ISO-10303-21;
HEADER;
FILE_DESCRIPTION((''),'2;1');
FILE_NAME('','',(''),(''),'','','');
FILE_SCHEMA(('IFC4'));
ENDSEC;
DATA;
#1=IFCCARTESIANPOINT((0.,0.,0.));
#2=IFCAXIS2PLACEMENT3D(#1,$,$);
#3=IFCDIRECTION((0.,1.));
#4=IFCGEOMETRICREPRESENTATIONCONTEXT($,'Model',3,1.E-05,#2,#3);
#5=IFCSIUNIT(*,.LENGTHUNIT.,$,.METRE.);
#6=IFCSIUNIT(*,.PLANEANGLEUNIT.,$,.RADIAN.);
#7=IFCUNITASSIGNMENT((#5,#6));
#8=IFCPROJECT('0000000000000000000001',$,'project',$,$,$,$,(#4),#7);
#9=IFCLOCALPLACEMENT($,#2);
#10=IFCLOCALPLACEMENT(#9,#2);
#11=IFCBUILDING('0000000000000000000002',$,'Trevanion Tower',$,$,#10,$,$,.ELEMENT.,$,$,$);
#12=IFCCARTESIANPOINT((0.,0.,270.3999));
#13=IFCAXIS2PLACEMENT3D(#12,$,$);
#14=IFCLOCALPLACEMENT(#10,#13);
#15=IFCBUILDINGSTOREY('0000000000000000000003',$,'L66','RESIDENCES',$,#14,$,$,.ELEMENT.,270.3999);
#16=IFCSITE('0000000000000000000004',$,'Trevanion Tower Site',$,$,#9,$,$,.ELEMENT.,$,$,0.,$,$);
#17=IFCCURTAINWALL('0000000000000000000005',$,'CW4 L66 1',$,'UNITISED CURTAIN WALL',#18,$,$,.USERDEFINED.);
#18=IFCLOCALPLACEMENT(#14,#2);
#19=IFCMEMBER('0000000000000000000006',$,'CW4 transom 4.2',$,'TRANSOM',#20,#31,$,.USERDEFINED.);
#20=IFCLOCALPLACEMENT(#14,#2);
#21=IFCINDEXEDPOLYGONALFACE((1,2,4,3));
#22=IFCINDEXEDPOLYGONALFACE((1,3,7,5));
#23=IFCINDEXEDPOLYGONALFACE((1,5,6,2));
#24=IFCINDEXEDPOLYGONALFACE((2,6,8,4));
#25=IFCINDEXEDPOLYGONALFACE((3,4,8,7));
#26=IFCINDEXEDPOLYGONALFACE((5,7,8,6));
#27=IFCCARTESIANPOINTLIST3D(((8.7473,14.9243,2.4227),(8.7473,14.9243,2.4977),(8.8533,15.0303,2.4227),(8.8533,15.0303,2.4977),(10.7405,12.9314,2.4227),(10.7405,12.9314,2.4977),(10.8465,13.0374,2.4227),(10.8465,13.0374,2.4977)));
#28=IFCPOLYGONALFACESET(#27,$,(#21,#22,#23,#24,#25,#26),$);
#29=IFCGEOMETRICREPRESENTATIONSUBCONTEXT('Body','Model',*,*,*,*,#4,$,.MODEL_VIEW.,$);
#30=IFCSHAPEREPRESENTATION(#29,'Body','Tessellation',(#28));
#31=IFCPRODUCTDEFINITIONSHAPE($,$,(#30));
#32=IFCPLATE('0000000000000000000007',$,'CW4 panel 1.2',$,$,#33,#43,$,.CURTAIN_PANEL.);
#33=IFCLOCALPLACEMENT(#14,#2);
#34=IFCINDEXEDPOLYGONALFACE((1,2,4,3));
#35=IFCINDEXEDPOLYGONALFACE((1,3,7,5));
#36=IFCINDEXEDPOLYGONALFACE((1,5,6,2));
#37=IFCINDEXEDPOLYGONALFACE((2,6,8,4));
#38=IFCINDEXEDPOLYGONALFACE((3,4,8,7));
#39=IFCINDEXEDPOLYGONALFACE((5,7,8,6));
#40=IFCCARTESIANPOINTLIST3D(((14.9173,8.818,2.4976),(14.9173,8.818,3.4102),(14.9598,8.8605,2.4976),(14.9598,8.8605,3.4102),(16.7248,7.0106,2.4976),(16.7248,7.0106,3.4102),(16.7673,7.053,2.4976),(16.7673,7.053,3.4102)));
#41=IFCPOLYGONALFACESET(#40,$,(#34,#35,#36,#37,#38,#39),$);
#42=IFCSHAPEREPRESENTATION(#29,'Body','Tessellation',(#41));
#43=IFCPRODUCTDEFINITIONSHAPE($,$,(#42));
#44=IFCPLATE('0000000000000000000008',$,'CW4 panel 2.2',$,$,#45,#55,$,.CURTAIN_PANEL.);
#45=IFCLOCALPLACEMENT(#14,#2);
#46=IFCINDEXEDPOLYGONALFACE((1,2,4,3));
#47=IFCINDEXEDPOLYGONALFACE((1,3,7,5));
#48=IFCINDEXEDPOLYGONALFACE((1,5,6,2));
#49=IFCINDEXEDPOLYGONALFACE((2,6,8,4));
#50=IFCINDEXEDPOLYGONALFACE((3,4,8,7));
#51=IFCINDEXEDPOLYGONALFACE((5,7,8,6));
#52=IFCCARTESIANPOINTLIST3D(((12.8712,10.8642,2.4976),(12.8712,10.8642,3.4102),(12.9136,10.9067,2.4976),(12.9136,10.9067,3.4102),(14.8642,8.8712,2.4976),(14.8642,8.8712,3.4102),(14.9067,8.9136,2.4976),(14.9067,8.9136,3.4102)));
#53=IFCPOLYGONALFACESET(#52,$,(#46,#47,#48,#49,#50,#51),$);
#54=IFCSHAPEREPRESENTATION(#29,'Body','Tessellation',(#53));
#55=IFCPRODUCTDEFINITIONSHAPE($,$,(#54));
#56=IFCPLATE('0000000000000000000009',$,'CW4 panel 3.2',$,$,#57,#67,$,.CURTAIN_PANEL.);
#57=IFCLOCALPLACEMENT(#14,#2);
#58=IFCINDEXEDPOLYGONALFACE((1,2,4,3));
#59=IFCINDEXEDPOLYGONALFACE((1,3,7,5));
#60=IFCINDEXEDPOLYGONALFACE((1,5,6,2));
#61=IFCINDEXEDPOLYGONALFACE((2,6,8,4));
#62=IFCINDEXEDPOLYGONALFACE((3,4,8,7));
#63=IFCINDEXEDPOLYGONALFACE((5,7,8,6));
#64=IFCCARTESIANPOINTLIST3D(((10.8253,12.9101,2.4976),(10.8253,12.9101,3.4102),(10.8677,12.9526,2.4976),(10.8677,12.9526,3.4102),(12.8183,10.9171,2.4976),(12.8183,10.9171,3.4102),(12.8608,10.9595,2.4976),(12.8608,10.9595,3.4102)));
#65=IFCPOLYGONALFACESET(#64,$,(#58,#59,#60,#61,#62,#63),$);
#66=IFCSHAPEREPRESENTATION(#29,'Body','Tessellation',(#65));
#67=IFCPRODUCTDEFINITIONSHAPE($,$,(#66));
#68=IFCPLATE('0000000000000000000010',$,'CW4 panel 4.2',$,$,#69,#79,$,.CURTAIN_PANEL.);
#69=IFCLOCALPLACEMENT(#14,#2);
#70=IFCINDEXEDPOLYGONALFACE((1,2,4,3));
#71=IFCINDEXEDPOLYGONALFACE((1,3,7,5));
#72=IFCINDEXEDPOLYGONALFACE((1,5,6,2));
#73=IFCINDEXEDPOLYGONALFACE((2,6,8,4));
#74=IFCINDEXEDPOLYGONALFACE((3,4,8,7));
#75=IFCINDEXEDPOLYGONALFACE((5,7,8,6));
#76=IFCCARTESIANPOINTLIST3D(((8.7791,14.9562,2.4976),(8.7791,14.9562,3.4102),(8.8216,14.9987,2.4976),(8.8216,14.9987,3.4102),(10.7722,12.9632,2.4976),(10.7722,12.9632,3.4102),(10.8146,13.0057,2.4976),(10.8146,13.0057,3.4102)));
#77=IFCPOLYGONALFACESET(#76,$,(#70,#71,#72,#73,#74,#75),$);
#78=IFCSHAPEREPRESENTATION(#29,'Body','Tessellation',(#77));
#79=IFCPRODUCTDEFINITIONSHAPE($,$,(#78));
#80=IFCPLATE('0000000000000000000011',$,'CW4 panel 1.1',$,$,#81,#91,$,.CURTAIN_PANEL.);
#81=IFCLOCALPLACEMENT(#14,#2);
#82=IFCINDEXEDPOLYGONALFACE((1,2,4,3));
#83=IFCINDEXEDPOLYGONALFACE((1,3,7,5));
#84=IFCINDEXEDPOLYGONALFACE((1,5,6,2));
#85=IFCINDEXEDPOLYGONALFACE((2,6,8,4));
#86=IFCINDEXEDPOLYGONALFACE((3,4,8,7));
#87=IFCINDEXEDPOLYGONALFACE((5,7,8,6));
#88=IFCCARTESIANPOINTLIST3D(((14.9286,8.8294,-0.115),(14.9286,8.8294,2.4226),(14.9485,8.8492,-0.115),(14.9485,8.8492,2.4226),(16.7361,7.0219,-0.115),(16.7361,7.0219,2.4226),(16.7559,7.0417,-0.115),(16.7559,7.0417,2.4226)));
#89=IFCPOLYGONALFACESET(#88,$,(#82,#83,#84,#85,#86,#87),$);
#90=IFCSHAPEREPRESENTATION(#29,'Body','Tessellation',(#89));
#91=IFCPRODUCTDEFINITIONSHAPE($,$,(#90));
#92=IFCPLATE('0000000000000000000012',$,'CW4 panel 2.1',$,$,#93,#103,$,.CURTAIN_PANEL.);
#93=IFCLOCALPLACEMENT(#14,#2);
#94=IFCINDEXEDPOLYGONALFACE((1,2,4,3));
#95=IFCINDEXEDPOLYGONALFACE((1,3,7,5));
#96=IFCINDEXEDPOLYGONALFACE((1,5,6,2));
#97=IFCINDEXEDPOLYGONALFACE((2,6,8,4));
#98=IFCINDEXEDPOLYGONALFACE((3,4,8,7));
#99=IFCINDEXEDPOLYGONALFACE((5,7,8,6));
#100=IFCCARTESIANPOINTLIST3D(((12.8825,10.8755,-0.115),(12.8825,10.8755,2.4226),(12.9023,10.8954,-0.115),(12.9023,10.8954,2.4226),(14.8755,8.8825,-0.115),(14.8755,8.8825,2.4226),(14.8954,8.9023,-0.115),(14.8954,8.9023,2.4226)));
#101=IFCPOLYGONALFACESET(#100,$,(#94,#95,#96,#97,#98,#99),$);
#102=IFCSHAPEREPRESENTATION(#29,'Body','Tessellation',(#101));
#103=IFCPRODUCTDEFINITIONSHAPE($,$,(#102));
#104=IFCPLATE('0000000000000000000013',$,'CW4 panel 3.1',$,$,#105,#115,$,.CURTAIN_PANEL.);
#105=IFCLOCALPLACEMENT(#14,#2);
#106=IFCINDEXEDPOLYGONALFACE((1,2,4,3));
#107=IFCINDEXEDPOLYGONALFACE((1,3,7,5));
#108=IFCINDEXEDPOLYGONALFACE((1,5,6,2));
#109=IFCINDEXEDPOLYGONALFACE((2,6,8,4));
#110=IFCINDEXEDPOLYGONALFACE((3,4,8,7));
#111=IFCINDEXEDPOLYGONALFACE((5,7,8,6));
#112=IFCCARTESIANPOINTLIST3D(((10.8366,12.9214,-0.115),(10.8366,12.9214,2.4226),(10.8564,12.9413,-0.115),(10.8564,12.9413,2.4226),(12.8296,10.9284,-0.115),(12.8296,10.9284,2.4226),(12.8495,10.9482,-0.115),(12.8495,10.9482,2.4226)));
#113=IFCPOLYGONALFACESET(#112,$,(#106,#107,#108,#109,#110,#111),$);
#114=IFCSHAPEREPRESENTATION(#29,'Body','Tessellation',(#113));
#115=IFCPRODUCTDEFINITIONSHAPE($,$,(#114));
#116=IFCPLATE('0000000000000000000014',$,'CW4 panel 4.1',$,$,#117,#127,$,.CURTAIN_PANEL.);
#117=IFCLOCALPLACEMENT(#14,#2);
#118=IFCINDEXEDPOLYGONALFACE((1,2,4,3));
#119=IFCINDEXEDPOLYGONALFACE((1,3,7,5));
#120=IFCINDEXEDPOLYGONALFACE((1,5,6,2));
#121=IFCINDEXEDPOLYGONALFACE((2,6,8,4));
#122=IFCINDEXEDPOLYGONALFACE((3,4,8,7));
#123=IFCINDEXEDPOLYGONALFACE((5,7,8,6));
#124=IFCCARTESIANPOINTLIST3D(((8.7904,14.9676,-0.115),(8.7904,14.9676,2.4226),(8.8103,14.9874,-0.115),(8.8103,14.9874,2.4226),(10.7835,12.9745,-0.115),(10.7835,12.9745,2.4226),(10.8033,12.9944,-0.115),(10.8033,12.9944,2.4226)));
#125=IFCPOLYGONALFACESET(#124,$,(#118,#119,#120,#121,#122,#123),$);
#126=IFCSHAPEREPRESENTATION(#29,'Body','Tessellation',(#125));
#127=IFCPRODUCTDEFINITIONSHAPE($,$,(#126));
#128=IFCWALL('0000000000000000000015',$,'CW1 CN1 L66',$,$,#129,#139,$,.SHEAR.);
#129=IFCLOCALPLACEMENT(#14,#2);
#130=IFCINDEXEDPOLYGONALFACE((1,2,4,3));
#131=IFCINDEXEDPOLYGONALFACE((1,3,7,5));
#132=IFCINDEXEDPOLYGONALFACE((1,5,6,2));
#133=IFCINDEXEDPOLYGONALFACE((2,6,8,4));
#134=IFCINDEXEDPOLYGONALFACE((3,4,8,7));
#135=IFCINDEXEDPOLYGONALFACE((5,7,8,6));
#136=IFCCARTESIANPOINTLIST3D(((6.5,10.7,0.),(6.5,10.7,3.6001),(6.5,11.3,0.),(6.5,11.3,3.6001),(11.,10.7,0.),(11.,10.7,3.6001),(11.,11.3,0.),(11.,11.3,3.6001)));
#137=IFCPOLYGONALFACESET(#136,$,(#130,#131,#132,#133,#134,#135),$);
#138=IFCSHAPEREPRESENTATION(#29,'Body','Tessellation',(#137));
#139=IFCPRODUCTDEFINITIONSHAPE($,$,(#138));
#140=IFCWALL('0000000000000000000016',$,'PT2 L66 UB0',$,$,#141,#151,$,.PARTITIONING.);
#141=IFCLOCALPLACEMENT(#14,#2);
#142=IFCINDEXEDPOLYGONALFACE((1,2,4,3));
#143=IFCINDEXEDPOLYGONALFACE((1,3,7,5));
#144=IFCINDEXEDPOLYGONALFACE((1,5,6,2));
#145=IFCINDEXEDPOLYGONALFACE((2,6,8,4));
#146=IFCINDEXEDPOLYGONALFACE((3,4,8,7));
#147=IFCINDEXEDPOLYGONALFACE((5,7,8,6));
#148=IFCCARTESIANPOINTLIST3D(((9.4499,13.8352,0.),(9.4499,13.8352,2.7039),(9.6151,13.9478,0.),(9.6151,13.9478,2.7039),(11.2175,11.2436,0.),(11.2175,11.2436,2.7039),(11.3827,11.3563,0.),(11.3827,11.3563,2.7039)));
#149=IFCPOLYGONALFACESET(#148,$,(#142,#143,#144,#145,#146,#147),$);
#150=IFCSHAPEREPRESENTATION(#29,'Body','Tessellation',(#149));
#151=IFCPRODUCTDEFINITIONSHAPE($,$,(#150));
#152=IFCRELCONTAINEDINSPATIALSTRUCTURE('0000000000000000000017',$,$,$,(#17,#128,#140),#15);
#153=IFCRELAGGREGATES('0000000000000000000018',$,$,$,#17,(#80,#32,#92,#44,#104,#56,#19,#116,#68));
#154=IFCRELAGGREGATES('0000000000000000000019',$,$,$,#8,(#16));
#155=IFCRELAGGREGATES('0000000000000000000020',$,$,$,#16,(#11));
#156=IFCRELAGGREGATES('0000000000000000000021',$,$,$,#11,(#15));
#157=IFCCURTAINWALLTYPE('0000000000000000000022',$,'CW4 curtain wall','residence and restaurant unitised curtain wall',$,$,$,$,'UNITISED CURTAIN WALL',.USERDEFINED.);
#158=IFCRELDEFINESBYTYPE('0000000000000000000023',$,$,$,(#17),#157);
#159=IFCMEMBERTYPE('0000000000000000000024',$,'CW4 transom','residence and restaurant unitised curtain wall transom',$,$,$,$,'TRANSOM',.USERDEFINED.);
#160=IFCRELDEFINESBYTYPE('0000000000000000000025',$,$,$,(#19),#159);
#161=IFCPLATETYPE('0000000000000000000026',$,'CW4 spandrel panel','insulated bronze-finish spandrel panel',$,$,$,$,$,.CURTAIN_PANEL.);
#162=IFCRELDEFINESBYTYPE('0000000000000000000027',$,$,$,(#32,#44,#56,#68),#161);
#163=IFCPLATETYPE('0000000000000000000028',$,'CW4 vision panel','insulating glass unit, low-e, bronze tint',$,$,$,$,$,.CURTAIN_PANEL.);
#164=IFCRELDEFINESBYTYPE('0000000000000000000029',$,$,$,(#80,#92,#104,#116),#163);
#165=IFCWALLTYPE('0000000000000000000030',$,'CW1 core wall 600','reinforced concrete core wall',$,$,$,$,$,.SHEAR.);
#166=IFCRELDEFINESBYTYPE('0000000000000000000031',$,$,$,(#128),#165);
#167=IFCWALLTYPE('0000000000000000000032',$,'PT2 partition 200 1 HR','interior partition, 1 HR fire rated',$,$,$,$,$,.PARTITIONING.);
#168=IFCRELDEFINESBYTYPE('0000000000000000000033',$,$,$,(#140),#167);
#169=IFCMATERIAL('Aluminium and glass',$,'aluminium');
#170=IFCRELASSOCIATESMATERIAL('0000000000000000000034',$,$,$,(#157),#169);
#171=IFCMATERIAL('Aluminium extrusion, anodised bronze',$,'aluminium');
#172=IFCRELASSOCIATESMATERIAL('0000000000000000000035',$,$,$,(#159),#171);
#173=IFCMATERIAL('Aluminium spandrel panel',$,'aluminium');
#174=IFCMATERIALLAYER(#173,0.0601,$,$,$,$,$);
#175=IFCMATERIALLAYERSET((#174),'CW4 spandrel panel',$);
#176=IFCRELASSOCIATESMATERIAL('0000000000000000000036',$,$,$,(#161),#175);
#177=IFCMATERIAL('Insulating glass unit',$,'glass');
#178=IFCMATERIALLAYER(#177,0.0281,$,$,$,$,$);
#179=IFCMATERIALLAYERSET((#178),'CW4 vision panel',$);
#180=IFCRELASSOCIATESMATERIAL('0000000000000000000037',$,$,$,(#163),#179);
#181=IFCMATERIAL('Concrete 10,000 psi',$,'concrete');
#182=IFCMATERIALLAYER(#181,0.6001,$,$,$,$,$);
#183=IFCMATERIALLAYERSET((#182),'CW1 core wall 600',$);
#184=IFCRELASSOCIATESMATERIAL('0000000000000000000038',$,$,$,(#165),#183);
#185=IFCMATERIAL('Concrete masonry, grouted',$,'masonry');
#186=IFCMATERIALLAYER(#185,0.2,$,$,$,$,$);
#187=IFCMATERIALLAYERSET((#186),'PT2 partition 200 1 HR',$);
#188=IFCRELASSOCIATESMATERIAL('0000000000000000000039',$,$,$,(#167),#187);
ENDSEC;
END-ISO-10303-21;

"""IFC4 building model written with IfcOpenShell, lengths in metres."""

from ifc_helpers import new_model, si_unit, direction, frame, frame_2d, origin, origin_2d, place, context, subcontext, project, spatial, rectangle, extrude, material, layer, layer_set, material_profile, profile_set, type_object, element, aggregate, save


model = new_model("IFC4")

# Units and contexts
model_context = context("Model", 3, precision=1e-05, world=origin(), true_north=direction((0.0, 1.0)))
body_context = subcontext(model_context, "Body", "Model", "MODEL_VIEW")
ifc_project = project(units=[si_unit("LENGTHUNIT", "METRE"), si_unit("PLANEANGLEUNIT", "RADIAN")], contexts=[model_context])

# Site, building, storey
site_placement = place(None, origin())
site = spatial("IfcSite", under=ifc_project, at=site_placement, Name="Trevanion Tower Site", CompositionType="ELEMENT", RefElevation=0.0)
building_placement = place(site_placement, origin())
building = spatial("IfcBuilding", under=site, at=building_placement, Name="Trevanion Tower", CompositionType="ELEMENT")
storey_placement = place(building_placement, frame((0.0, 0.0, 270.3999)))
storey = spatial("IfcBuildingStorey", under=building, at=storey_placement, Name="L66", Description="RESIDENCES", CompositionType="ELEMENT", Elevation=270.3999)

# Curtain wall, member, plates
ifc_material_1 = material(Name="Aluminium and glass", Category="aluminium")
curtain_wall_type = type_object("IfcCurtainWallType", Name="CW4 curtain wall", Description="residence and restaurant unitised curtain wall", ElementType="UNITISED CURTAIN WALL", PredefinedType="USERDEFINED", material=ifc_material_1)
curtain_wall_placement = place(storey_placement, origin())
curtain_wall = element("IfcCurtainWall", 1, at=curtain_wall_placement, inside=storey, type_object=curtain_wall_type, Name="CW4 L66 1", ObjectType="UNITISED CURTAIN WALL", PredefinedType="USERDEFINED")
ifc_material_2 = material(Name="Aluminium extrusion, anodised bronze", Category="aluminium")
ifc_material_profile_1 = material_profile(ifc_material_2, rectangle(XDim=0.1499, YDim=0.075, at=origin_2d()), Name="CW4 transom")
ifc_profile_set_1 = profile_set([ifc_material_profile_1], Name="Aluminium extrusion, anodised bronze")
member_type_1 = type_object("IfcMemberType", Name="CW4 transom", Description="residence and restaurant unitised curtain wall transom", ElementType="TRANSOM", PredefinedType="USERDEFINED", material=ifc_profile_set_1)
member_1_placement = place(storey_placement, frame((10.7935, 12.9844, 2.4602), z_axis=(-0.70715, 0.707063, 0.0), x_axis=(-0.707063, -0.70715, 0.0)))
member_1 = element("IfcMember", 2, at=member_1_placement, type_object=member_type_1, Name="CW4 transom 4.2", ObjectType="TRANSOM", PredefinedType="USERDEFINED", context=body_context, shape_type="SweptSolid", body=[
    extrude(rectangle(XDim=0.1499, YDim=0.075, at=origin_2d()), origin(), (0.0, 0.0, 1.0), 2.8186),
])
ifc_material_3 = material(Name="Aluminium spandrel panel", Category="aluminium")
ifc_layer_1 = layer(ifc_material_3, 0.0601)
ifc_layer_set_1 = layer_set([ifc_layer_1], Name="CW4 spandrel panel")
plate_type_1 = type_object("IfcPlateType", Name="CW4 spandrel panel", Description="insulated bronze-finish spandrel panel", PredefinedType="CURTAIN_PANEL", material=ifc_layer_set_1)
plate_1_placement = place(storey_placement, frame((15.8423, 7.9355, 2.4976), z_axis=(0.0, 0.0, 1.0), x_axis=(-0.707107, 0.707107, 0.0)))
plate_1 = element("IfcPlate", 3, at=plate_1_placement, type_object=plate_type_1, Name="CW4 panel 1.2", PredefinedType="CURTAIN_PANEL", context=body_context, shape_type="SweptSolid", body=[
    extrude(rectangle(XDim=2.5562, YDim=0.0601, at=origin_2d()), origin(), (0.0, 0.0, 1.0), 0.9126),
])
plate_2_placement = place(storey_placement, frame((13.8889, 9.8889, 2.4976), z_axis=(0.0, 0.0, 1.0), x_axis=(-0.707107, 0.707107, 0.0)))
plate_2 = element("IfcPlate", 4, at=plate_2_placement, type_object=plate_type_1, Name="CW4 panel 2.2", PredefinedType="CURTAIN_PANEL", context=body_context, shape_type="SweptSolid", body=[
    extrude(rectangle(XDim=2.8186, YDim=0.0601, at=origin_2d()), origin(), (0.0, 0.0, 1.0), 0.9126),
])
plate_3_placement = place(storey_placement, frame((11.843, 11.9348, 2.4976), z_axis=(0.0, 0.0, 1.0), x_axis=(-0.707107, 0.707107, 0.0)))
plate_3 = element("IfcPlate", 5, at=plate_3_placement, type_object=plate_type_1, Name="CW4 panel 3.2", PredefinedType="CURTAIN_PANEL", context=body_context, shape_type="SweptSolid", body=[
    extrude(rectangle(XDim=2.8186, YDim=0.0601, at=origin_2d()), origin(), (0.0, 0.0, 1.0), 0.9126),
])
plate_4_placement = place(storey_placement, frame((9.7969, 13.981, 2.4976), z_axis=(0.0, 0.0, 1.0), x_axis=(-0.707107, 0.707107, 0.0)))
plate_4 = element("IfcPlate", 6, at=plate_4_placement, type_object=plate_type_1, Name="CW4 panel 4.2", PredefinedType="CURTAIN_PANEL", context=body_context, shape_type="SweptSolid", body=[
    extrude(rectangle(XDim=2.8186, YDim=0.0601, at=origin_2d()), origin(), (0.0, 0.0, 1.0), 0.9126),
])
ifc_material_4 = material(Name="Insulating glass unit", Category="glass")
ifc_layer_2 = layer(ifc_material_4, 0.0281)
ifc_layer_set_2 = layer_set([ifc_layer_2], Name="CW4 vision panel")
plate_type_2 = type_object("IfcPlateType", Name="CW4 vision panel", Description="insulating glass unit, low-e, bronze tint", PredefinedType="CURTAIN_PANEL", material=ifc_layer_set_2)
plate_5_placement = place(storey_placement, frame((15.8423, 7.9355, -0.115), z_axis=(0.0, 0.0, 1.0), x_axis=(-0.707107, 0.707107, 0.0)))
plate_5 = element("IfcPlate", 7, at=plate_5_placement, type_object=plate_type_2, Name="CW4 panel 1.1", PredefinedType="CURTAIN_PANEL", context=body_context, shape_type="SweptSolid", body=[
    extrude(rectangle(XDim=2.5562, YDim=0.0281, at=origin_2d()), origin(), (0.0, 0.0, 1.0), 2.5376),
])
plate_6_placement = place(storey_placement, frame((13.8889, 9.8889, -0.115), z_axis=(0.0, 0.0, 1.0), x_axis=(-0.707107, 0.707107, 0.0)))
plate_6 = element("IfcPlate", 8, at=plate_6_placement, type_object=plate_type_2, Name="CW4 panel 2.1", PredefinedType="CURTAIN_PANEL", context=body_context, shape_type="SweptSolid", body=[
    extrude(rectangle(XDim=2.8186, YDim=0.0281, at=origin_2d()), origin(), (0.0, 0.0, 1.0), 2.5376),
])
plate_7_placement = place(storey_placement, frame((11.843, 11.9348, -0.115), z_axis=(0.0, 0.0, 1.0), x_axis=(-0.707107, 0.707107, 0.0)))
plate_7 = element("IfcPlate", 9, at=plate_7_placement, type_object=plate_type_2, Name="CW4 panel 3.1", PredefinedType="CURTAIN_PANEL", context=body_context, shape_type="SweptSolid", body=[
    extrude(rectangle(XDim=2.8186, YDim=0.0281, at=origin_2d()), origin(), (0.0, 0.0, 1.0), 2.5376),
])
plate_8_placement = place(storey_placement, frame((9.7969, 13.981, -0.115), z_axis=(0.0, 0.0, 1.0), x_axis=(-0.707107, 0.707107, 0.0)))
plate_8 = element("IfcPlate", 10, at=plate_8_placement, type_object=plate_type_2, Name="CW4 panel 4.1", PredefinedType="CURTAIN_PANEL", context=body_context, shape_type="SweptSolid", body=[
    extrude(rectangle(XDim=2.8186, YDim=0.0281, at=origin_2d()), origin(), (0.0, 0.0, 1.0), 2.5376),
])
aggregate(curtain_wall, [plate_5, plate_1, plate_6, plate_2, plate_7, plate_3, member_1, plate_8, plate_4])

# Walls
ifc_material_5 = material(Name="Concrete 10,000 psi", Category="concrete")
ifc_layer_3 = layer(ifc_material_5, 0.6001)
ifc_layer_set_3 = layer_set([ifc_layer_3], Name="CW1 core wall 600")
wall_type_1 = type_object("IfcWallType", Name="CW1 core wall 600", Description="reinforced concrete core wall", PredefinedType="SHEAR", material=ifc_layer_set_3)
wall_1_placement = place(storey_placement, frame((11.0, 11.0, 0.0), z_axis=(0.0, 0.0, 1.0), x_axis=(-1.0, 0.0, 0.0)))
element("IfcWall", 11, at=wall_1_placement, inside=storey, type_object=wall_type_1, Name="CW1 CN1 L66", PredefinedType="SHEAR", context=body_context, shape_type="SweptSolid", body=[
    extrude(rectangle(XDim=4.5, YDim=0.6001, at=frame_2d((2.25, 0.0))), origin(), (0.0, 0.0, 1.0), 3.6001),
])
ifc_material_6 = material(Name="Concrete masonry, grouted", Category="masonry")
ifc_layer_4 = layer(ifc_material_6, 0.2)
ifc_layer_set_4 = layer_set([ifc_layer_4], Name="PT2 partition 200 1 HR")
wall_type_2 = type_object("IfcWallType", Name="PT2 partition 200 1 HR", Description="interior partition, 1 HR fire rated", PredefinedType="PARTITIONING", material=ifc_layer_set_4)
wall_2_placement = place(storey_placement, frame((11.3, 11.3, 0.0), z_axis=(0.0, 0.0, 1.0), x_axis=(-0.56347, 0.826137, 0.0)))
element("IfcWall", 12, at=wall_2_placement, inside=storey, type_object=wall_type_2, Name="PT2 L66 UB0", PredefinedType="PARTITIONING", context=body_context, shape_type="SweptSolid", body=[
    extrude(rectangle(XDim=3.137, YDim=0.2, at=frame_2d((1.5684, 0.0))), origin(), (0.0, 0.0, 1.0), 2.7039),
])

save(model, "model.ifc")
